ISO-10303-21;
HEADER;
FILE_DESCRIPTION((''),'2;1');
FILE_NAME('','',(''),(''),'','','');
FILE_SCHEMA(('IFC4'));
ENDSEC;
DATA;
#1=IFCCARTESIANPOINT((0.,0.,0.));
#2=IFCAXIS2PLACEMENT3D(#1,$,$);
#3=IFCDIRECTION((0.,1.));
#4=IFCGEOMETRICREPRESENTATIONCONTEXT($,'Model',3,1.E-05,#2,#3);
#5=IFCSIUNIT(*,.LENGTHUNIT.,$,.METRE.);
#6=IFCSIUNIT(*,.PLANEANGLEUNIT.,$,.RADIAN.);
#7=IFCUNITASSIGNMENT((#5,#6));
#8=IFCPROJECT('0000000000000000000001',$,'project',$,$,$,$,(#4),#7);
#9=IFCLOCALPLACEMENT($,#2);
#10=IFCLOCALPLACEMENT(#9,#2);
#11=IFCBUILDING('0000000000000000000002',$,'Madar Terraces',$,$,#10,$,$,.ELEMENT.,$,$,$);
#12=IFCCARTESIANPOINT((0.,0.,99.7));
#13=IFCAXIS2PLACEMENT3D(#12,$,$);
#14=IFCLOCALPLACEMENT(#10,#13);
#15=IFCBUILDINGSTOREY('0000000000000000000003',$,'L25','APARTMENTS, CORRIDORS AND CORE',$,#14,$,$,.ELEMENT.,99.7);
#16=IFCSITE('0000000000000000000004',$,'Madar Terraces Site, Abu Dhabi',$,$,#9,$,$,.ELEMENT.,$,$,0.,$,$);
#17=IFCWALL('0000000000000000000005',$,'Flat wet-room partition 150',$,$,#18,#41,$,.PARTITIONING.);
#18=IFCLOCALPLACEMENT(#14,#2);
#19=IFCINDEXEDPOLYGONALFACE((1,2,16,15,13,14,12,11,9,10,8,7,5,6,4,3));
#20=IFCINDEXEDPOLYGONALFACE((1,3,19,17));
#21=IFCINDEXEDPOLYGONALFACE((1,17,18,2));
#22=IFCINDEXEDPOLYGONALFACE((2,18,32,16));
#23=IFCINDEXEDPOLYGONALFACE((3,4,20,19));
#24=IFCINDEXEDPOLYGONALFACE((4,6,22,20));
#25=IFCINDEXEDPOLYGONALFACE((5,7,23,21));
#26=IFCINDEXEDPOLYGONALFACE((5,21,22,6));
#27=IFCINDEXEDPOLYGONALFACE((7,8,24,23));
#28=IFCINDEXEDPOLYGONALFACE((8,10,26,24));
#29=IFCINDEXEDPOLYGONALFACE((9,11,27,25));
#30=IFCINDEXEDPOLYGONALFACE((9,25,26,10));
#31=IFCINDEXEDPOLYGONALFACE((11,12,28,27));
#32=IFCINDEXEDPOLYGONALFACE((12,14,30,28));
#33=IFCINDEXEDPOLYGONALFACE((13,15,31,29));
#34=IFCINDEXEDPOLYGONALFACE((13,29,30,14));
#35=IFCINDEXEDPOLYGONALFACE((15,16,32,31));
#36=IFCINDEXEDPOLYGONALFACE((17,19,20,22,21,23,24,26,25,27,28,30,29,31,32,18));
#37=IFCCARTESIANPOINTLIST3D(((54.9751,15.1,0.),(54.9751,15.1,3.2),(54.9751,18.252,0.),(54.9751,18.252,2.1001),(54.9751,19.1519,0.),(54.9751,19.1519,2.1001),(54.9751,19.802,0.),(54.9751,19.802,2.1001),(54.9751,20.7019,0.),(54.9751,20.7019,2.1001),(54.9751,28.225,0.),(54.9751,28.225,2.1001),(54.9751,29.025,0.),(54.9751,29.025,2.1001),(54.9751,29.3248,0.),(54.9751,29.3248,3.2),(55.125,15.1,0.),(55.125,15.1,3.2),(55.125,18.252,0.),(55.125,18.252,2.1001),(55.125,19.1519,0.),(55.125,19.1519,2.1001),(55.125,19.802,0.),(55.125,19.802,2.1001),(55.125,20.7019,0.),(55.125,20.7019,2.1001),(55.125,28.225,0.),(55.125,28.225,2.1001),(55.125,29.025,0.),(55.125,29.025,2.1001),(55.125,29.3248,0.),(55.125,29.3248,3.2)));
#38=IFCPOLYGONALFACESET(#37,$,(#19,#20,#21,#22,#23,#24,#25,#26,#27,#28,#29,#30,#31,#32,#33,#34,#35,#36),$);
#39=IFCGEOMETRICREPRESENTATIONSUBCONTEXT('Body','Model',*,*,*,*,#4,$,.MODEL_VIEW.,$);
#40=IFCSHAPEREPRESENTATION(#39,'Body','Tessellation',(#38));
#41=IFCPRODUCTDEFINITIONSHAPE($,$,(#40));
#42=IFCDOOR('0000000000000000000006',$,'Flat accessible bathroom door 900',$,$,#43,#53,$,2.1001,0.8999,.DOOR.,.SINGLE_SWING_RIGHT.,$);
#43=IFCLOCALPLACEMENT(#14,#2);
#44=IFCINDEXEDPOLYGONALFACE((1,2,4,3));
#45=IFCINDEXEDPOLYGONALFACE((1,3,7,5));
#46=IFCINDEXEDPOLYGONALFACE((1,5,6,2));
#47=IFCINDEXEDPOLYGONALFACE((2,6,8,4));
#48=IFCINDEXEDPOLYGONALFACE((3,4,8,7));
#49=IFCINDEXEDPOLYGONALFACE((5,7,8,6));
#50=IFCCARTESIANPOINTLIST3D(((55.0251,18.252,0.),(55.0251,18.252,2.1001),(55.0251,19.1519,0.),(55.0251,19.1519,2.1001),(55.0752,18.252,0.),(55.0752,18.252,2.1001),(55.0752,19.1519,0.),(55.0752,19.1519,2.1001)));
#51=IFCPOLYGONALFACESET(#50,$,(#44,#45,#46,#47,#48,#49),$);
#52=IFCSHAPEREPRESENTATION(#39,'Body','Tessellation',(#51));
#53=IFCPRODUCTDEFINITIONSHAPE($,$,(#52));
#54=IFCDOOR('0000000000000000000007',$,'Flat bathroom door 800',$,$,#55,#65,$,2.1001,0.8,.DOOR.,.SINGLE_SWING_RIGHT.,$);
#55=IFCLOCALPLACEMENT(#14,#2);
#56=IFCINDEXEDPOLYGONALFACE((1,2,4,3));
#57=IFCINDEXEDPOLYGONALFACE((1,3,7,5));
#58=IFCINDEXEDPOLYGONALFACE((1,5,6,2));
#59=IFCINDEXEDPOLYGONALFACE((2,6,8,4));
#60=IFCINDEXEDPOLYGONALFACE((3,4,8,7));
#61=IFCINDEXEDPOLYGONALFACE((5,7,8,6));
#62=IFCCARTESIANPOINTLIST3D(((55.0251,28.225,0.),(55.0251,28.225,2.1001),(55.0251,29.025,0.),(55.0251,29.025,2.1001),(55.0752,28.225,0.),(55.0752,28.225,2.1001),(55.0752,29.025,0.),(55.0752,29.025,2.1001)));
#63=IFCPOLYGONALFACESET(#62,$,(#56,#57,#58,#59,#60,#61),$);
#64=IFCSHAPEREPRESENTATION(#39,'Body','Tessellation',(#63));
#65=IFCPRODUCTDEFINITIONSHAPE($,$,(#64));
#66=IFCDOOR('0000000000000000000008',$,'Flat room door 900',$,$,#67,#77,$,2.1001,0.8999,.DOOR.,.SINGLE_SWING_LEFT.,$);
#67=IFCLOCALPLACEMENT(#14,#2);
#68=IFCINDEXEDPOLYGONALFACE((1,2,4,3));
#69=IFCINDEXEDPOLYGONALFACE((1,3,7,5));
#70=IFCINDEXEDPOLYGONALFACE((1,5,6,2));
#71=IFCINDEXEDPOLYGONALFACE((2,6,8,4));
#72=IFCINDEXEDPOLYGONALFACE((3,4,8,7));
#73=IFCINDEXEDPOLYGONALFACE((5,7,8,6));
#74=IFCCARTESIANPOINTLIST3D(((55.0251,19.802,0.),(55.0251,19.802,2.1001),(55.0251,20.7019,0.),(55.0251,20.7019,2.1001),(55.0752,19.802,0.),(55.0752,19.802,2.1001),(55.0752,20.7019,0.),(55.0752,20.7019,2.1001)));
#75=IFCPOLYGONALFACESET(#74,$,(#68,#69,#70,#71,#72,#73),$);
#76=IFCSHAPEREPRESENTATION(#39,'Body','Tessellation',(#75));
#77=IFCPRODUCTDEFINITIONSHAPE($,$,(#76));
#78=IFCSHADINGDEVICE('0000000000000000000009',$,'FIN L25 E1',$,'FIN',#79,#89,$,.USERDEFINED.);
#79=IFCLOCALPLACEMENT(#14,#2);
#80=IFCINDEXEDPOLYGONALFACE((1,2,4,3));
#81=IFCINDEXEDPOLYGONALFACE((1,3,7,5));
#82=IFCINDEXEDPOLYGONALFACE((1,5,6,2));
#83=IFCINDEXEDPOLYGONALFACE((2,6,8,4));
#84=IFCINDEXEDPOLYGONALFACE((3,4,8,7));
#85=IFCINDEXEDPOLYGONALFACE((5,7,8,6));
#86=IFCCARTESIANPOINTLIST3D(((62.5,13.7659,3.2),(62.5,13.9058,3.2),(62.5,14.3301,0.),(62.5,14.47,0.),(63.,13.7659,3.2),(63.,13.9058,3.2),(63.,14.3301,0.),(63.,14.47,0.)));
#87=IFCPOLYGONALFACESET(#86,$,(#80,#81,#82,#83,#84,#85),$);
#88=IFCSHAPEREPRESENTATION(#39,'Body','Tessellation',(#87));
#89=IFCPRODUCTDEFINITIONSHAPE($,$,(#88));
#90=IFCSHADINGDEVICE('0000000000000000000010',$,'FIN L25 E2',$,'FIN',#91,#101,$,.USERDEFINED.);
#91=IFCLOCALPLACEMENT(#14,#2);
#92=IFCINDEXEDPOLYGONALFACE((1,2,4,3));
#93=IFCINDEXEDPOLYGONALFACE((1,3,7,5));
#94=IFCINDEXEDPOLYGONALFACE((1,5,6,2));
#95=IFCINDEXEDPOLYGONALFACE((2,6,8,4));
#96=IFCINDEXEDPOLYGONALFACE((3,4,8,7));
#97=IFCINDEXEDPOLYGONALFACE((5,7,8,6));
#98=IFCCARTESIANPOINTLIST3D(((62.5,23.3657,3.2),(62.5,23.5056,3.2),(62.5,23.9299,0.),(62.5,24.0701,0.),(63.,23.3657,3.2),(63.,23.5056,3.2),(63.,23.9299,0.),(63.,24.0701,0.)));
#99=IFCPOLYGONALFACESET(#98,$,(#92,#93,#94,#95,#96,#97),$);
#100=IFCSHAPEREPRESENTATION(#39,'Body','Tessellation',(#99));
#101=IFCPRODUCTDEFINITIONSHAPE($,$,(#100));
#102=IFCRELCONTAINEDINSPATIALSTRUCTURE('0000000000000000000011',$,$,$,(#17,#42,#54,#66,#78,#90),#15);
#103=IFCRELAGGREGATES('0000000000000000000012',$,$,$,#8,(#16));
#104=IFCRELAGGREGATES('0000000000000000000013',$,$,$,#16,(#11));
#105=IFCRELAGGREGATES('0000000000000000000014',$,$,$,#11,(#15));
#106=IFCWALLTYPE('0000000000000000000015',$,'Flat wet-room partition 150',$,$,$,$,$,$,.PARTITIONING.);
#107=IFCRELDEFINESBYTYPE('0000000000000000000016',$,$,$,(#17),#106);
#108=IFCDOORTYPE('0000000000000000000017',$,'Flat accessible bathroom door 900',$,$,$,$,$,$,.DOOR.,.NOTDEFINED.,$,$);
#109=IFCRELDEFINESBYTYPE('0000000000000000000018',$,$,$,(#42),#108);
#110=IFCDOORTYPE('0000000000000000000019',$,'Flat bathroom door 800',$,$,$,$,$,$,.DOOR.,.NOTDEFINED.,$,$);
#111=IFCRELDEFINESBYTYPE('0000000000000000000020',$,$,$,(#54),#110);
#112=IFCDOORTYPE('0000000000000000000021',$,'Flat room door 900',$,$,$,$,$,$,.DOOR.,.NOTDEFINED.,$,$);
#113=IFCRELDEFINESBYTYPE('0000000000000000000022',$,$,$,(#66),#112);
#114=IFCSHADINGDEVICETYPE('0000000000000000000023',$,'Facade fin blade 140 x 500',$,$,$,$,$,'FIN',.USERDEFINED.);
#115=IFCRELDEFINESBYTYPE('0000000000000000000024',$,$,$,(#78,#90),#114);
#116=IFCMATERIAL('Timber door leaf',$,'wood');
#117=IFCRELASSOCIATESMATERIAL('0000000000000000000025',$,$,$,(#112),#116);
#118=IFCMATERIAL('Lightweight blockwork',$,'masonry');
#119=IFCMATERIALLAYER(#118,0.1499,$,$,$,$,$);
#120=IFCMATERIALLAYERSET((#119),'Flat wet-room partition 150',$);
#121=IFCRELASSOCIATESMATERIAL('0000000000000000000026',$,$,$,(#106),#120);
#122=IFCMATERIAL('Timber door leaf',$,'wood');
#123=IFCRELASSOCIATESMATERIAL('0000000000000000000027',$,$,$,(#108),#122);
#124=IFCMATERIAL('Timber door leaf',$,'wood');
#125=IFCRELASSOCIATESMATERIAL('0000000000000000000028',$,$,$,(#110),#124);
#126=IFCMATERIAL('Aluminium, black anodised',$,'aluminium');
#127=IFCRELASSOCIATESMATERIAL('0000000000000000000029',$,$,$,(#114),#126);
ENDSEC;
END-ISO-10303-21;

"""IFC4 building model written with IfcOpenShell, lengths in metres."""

from ifc_helpers import new_model, si_unit, direction, frame, frame_2d, origin, place, context, subcontext, project, spatial, polyline, rectangle, outline, extrude, material, layer, layer_set, type_object, element, fill, save


model = new_model("IFC4")

# Units and contexts
model_context = context("Model", 3, precision=1e-05, world=origin(), true_north=direction((0.0, 1.0)))
body_context = subcontext(model_context, "Body", "Model", "MODEL_VIEW")
ifc_project = project(units=[si_unit("LENGTHUNIT", "METRE"), si_unit("PLANEANGLEUNIT", "RADIAN")], contexts=[model_context])

# Site, building, storey
site_placement = place(None, origin())
site = spatial("IfcSite", under=ifc_project, at=site_placement, Name="Madar Terraces Site, Abu Dhabi", CompositionType="ELEMENT", RefElevation=0.0)
building_placement = place(site_placement, origin())
building = spatial("IfcBuilding", under=site, at=building_placement, Name="Madar Terraces", CompositionType="ELEMENT")
storey_placement = place(building_placement, frame((0.0, 0.0, 99.7)))
storey = spatial("IfcBuildingStorey", under=building, at=storey_placement, Name="L25", Description="APARTMENTS, CORRIDORS AND CORE", CompositionType="ELEMENT", Elevation=99.7)

# Shared definitions
ifc_material_1 = material(Name="Timber door leaf", Category="wood")
door_type_1 = type_object("IfcDoorType", Name="Flat room door 900", OperationType="NOTDEFINED", PredefinedType="DOOR", material=ifc_material_1)

# Shared definitions
ifc_material_2 = material(Name="Lightweight blockwork", Category="masonry")
ifc_layer_1 = layer(ifc_material_2, 0.1499)
ifc_layer_set_1 = layer_set([ifc_layer_1], Name="Flat wet-room partition 150")
wall_type_1 = type_object("IfcWallType", Name="Flat wet-room partition 150", PredefinedType="PARTITIONING", material=ifc_layer_set_1)

# Wall, openings, doors
wall_1_placement = place(storey_placement, frame((55.05, 15.1001, 0.0), z_axis=(0.0, 0.0, 1.0), x_axis=(0.0, 1.0, 0.0)))
wall_1 = element("IfcWall", 1, at=wall_1_placement, inside=storey, type_object=wall_type_1, Name="Flat wet-room partition 150", PredefinedType="PARTITIONING", context=body_context, shape_type="SweptSolid", body=[
    extrude(rectangle(XDim=14.2249, YDim=0.1499, at=frame_2d((7.1123, 0.0))), origin(), (0.0, 0.0, 1.0), 3.2),
])
opening_1_placement = place(wall_1_placement, frame((13.125, 0.0, 0.0)))
opening_1 = element("IfcOpeningElement", 2, at=opening_1_placement, cuts=wall_1, PredefinedType="OPENING", context=body_context, shape_type="SweptSolid", body=[
    extrude(rectangle(XDim=0.8, YDim=2.1001, at=frame_2d((0.3999, 1.05))), frame((0.0, 0.085, 0.0), z_axis=(0.0, -1.0, 0.0), x_axis=(1.0, 0.0, 0.0)), (0.0, 0.0, 1.0), 0.1699),
])
opening_2_placement = place(wall_1_placement, frame((4.7019, 0.0, 0.0)))
opening_2 = element("IfcOpeningElement", 3, at=opening_2_placement, cuts=wall_1, PredefinedType="OPENING", context=body_context, shape_type="SweptSolid", body=[
    extrude(rectangle(XDim=0.8999, YDim=2.1001, at=frame_2d((0.45, 1.05))), frame((0.0, 0.085, 0.0), z_axis=(0.0, -1.0, 0.0), x_axis=(1.0, 0.0, 0.0)), (0.0, 0.0, 1.0), 0.1699),
])
opening_3_placement = place(wall_1_placement, frame((3.1519, 0.0, 0.0)))
opening_3 = element("IfcOpeningElement", 4, at=opening_3_placement, cuts=wall_1, PredefinedType="OPENING", context=body_context, shape_type="SweptSolid", body=[
    extrude(rectangle(XDim=0.8999, YDim=2.1001, at=frame_2d((0.45, 1.05))), frame((0.0, 0.085, 0.0), z_axis=(0.0, -1.0, 0.0), x_axis=(1.0, 0.0, 0.0)), (0.0, 0.0, 1.0), 0.1699),
])
ifc_material_3 = material(Name="Timber door leaf", Category="wood")
door_type_2 = type_object("IfcDoorType", Name="Flat accessible bathroom door 900", OperationType="NOTDEFINED", PredefinedType="DOOR", material=ifc_material_3)
door_1_placement = place(opening_3_placement, origin())
door_1 = element("IfcDoor", 5, at=door_1_placement, inside=storey, type_object=door_type_2, Name="Flat accessible bathroom door 900", OperationType="SINGLE_SWING_RIGHT", OverallHeight=2.1001, OverallWidth=0.8999, PredefinedType="DOOR", context=body_context, shape_type="SweptSolid", body=[
    extrude(rectangle(XDim=0.8999, YDim=2.1001, at=frame_2d((0.45, 1.05))), frame((0.0, 0.0249, 0.0), z_axis=(0.0, -1.0, 0.0), x_axis=(1.0, 0.0, 0.0)), (0.0, 0.0, 1.0), 0.05),
])
fill(opening_3, door_1)
ifc_material_4 = material(Name="Timber door leaf", Category="wood")
door_type_3 = type_object("IfcDoorType", Name="Flat bathroom door 800", OperationType="NOTDEFINED", PredefinedType="DOOR", material=ifc_material_4)
door_2_placement = place(opening_1_placement, origin())
door_2 = element("IfcDoor", 6, at=door_2_placement, inside=storey, type_object=door_type_3, Name="Flat bathroom door 800", OperationType="SINGLE_SWING_RIGHT", OverallHeight=2.1001, OverallWidth=0.8, PredefinedType="DOOR", context=body_context, shape_type="SweptSolid", body=[
    extrude(rectangle(XDim=0.8, YDim=2.1001, at=frame_2d((0.3999, 1.05))), frame((0.0, 0.0249, 0.0), z_axis=(0.0, -1.0, 0.0), x_axis=(1.0, 0.0, 0.0)), (0.0, 0.0, 1.0), 0.05),
])
fill(opening_1, door_2)
door_3_placement = place(opening_2_placement, origin())
door_3 = element("IfcDoor", 7, at=door_3_placement, inside=storey, type_object=door_type_1, Name="Flat room door 900", OperationType="SINGLE_SWING_LEFT", OverallHeight=2.1001, OverallWidth=0.8999, PredefinedType="DOOR", context=body_context, shape_type="SweptSolid", body=[
    extrude(rectangle(XDim=0.8999, YDim=2.1001, at=frame_2d((0.45, 1.05))), frame((0.0, 0.0249, 0.0), z_axis=(0.0, -1.0, 0.0), x_axis=(1.0, 0.0, 0.0)), (0.0, 0.0, 1.0), 0.05),
])
fill(opening_2, door_3)

# Shading devices
ifc_material_5 = material(Name="Aluminium, black anodised", Category="aluminium")
shading_device_type = type_object("IfcShadingDeviceType", Name="Facade fin blade 140 x 500", ElementType="FIN", PredefinedType="USERDEFINED", material=ifc_material_5)
shading_device_1_placement = place(storey_placement, frame((62.75, 14.3301, 0.0), z_axis=(0.0, 0.0, 1.0), x_axis=(0.0, 1.0, 0.0)))
element("IfcShadingDevice", 8, at=shading_device_1_placement, inside=storey, type_object=shading_device_type, Name="FIN L25 E1", ObjectType="FIN", PredefinedType="USERDEFINED", context=body_context, shape_type="SweptSolid", body=[
    extrude(outline(polyline([(0.0, 0.0), (0.1399, 0.0), (-0.4243, 3.2), (-0.5642, 3.2), (0.0, 0.0)])), frame((0.0, 0.25, 0.0), z_axis=(0.0, -1.0, 0.0), x_axis=(1.0, 0.0, 0.0)), (0.0, 0.0, 1.0), 0.5),
])
shading_device_2_placement = place(storey_placement, frame((62.75, 23.9299, 0.0), z_axis=(0.0, 0.0, 1.0), x_axis=(0.0, 1.0, 0.0)))
element("IfcShadingDevice", 9, at=shading_device_2_placement, inside=storey, type_object=shading_device_type, Name="FIN L25 E2", ObjectType="FIN", PredefinedType="USERDEFINED", context=body_context, shape_type="SweptSolid", body=[
    extrude(outline(polyline([(0.0, 0.0), (0.1401, 0.0), (-0.4243, 3.2), (-0.5642, 3.2), (0.0, 0.0)])), frame((0.0, 0.25, 0.0), z_axis=(0.0, -1.0, 0.0), x_axis=(1.0, 0.0, 0.0)), (0.0, 0.0, 1.0), 0.5),
])

save(model, "model.ifc")
